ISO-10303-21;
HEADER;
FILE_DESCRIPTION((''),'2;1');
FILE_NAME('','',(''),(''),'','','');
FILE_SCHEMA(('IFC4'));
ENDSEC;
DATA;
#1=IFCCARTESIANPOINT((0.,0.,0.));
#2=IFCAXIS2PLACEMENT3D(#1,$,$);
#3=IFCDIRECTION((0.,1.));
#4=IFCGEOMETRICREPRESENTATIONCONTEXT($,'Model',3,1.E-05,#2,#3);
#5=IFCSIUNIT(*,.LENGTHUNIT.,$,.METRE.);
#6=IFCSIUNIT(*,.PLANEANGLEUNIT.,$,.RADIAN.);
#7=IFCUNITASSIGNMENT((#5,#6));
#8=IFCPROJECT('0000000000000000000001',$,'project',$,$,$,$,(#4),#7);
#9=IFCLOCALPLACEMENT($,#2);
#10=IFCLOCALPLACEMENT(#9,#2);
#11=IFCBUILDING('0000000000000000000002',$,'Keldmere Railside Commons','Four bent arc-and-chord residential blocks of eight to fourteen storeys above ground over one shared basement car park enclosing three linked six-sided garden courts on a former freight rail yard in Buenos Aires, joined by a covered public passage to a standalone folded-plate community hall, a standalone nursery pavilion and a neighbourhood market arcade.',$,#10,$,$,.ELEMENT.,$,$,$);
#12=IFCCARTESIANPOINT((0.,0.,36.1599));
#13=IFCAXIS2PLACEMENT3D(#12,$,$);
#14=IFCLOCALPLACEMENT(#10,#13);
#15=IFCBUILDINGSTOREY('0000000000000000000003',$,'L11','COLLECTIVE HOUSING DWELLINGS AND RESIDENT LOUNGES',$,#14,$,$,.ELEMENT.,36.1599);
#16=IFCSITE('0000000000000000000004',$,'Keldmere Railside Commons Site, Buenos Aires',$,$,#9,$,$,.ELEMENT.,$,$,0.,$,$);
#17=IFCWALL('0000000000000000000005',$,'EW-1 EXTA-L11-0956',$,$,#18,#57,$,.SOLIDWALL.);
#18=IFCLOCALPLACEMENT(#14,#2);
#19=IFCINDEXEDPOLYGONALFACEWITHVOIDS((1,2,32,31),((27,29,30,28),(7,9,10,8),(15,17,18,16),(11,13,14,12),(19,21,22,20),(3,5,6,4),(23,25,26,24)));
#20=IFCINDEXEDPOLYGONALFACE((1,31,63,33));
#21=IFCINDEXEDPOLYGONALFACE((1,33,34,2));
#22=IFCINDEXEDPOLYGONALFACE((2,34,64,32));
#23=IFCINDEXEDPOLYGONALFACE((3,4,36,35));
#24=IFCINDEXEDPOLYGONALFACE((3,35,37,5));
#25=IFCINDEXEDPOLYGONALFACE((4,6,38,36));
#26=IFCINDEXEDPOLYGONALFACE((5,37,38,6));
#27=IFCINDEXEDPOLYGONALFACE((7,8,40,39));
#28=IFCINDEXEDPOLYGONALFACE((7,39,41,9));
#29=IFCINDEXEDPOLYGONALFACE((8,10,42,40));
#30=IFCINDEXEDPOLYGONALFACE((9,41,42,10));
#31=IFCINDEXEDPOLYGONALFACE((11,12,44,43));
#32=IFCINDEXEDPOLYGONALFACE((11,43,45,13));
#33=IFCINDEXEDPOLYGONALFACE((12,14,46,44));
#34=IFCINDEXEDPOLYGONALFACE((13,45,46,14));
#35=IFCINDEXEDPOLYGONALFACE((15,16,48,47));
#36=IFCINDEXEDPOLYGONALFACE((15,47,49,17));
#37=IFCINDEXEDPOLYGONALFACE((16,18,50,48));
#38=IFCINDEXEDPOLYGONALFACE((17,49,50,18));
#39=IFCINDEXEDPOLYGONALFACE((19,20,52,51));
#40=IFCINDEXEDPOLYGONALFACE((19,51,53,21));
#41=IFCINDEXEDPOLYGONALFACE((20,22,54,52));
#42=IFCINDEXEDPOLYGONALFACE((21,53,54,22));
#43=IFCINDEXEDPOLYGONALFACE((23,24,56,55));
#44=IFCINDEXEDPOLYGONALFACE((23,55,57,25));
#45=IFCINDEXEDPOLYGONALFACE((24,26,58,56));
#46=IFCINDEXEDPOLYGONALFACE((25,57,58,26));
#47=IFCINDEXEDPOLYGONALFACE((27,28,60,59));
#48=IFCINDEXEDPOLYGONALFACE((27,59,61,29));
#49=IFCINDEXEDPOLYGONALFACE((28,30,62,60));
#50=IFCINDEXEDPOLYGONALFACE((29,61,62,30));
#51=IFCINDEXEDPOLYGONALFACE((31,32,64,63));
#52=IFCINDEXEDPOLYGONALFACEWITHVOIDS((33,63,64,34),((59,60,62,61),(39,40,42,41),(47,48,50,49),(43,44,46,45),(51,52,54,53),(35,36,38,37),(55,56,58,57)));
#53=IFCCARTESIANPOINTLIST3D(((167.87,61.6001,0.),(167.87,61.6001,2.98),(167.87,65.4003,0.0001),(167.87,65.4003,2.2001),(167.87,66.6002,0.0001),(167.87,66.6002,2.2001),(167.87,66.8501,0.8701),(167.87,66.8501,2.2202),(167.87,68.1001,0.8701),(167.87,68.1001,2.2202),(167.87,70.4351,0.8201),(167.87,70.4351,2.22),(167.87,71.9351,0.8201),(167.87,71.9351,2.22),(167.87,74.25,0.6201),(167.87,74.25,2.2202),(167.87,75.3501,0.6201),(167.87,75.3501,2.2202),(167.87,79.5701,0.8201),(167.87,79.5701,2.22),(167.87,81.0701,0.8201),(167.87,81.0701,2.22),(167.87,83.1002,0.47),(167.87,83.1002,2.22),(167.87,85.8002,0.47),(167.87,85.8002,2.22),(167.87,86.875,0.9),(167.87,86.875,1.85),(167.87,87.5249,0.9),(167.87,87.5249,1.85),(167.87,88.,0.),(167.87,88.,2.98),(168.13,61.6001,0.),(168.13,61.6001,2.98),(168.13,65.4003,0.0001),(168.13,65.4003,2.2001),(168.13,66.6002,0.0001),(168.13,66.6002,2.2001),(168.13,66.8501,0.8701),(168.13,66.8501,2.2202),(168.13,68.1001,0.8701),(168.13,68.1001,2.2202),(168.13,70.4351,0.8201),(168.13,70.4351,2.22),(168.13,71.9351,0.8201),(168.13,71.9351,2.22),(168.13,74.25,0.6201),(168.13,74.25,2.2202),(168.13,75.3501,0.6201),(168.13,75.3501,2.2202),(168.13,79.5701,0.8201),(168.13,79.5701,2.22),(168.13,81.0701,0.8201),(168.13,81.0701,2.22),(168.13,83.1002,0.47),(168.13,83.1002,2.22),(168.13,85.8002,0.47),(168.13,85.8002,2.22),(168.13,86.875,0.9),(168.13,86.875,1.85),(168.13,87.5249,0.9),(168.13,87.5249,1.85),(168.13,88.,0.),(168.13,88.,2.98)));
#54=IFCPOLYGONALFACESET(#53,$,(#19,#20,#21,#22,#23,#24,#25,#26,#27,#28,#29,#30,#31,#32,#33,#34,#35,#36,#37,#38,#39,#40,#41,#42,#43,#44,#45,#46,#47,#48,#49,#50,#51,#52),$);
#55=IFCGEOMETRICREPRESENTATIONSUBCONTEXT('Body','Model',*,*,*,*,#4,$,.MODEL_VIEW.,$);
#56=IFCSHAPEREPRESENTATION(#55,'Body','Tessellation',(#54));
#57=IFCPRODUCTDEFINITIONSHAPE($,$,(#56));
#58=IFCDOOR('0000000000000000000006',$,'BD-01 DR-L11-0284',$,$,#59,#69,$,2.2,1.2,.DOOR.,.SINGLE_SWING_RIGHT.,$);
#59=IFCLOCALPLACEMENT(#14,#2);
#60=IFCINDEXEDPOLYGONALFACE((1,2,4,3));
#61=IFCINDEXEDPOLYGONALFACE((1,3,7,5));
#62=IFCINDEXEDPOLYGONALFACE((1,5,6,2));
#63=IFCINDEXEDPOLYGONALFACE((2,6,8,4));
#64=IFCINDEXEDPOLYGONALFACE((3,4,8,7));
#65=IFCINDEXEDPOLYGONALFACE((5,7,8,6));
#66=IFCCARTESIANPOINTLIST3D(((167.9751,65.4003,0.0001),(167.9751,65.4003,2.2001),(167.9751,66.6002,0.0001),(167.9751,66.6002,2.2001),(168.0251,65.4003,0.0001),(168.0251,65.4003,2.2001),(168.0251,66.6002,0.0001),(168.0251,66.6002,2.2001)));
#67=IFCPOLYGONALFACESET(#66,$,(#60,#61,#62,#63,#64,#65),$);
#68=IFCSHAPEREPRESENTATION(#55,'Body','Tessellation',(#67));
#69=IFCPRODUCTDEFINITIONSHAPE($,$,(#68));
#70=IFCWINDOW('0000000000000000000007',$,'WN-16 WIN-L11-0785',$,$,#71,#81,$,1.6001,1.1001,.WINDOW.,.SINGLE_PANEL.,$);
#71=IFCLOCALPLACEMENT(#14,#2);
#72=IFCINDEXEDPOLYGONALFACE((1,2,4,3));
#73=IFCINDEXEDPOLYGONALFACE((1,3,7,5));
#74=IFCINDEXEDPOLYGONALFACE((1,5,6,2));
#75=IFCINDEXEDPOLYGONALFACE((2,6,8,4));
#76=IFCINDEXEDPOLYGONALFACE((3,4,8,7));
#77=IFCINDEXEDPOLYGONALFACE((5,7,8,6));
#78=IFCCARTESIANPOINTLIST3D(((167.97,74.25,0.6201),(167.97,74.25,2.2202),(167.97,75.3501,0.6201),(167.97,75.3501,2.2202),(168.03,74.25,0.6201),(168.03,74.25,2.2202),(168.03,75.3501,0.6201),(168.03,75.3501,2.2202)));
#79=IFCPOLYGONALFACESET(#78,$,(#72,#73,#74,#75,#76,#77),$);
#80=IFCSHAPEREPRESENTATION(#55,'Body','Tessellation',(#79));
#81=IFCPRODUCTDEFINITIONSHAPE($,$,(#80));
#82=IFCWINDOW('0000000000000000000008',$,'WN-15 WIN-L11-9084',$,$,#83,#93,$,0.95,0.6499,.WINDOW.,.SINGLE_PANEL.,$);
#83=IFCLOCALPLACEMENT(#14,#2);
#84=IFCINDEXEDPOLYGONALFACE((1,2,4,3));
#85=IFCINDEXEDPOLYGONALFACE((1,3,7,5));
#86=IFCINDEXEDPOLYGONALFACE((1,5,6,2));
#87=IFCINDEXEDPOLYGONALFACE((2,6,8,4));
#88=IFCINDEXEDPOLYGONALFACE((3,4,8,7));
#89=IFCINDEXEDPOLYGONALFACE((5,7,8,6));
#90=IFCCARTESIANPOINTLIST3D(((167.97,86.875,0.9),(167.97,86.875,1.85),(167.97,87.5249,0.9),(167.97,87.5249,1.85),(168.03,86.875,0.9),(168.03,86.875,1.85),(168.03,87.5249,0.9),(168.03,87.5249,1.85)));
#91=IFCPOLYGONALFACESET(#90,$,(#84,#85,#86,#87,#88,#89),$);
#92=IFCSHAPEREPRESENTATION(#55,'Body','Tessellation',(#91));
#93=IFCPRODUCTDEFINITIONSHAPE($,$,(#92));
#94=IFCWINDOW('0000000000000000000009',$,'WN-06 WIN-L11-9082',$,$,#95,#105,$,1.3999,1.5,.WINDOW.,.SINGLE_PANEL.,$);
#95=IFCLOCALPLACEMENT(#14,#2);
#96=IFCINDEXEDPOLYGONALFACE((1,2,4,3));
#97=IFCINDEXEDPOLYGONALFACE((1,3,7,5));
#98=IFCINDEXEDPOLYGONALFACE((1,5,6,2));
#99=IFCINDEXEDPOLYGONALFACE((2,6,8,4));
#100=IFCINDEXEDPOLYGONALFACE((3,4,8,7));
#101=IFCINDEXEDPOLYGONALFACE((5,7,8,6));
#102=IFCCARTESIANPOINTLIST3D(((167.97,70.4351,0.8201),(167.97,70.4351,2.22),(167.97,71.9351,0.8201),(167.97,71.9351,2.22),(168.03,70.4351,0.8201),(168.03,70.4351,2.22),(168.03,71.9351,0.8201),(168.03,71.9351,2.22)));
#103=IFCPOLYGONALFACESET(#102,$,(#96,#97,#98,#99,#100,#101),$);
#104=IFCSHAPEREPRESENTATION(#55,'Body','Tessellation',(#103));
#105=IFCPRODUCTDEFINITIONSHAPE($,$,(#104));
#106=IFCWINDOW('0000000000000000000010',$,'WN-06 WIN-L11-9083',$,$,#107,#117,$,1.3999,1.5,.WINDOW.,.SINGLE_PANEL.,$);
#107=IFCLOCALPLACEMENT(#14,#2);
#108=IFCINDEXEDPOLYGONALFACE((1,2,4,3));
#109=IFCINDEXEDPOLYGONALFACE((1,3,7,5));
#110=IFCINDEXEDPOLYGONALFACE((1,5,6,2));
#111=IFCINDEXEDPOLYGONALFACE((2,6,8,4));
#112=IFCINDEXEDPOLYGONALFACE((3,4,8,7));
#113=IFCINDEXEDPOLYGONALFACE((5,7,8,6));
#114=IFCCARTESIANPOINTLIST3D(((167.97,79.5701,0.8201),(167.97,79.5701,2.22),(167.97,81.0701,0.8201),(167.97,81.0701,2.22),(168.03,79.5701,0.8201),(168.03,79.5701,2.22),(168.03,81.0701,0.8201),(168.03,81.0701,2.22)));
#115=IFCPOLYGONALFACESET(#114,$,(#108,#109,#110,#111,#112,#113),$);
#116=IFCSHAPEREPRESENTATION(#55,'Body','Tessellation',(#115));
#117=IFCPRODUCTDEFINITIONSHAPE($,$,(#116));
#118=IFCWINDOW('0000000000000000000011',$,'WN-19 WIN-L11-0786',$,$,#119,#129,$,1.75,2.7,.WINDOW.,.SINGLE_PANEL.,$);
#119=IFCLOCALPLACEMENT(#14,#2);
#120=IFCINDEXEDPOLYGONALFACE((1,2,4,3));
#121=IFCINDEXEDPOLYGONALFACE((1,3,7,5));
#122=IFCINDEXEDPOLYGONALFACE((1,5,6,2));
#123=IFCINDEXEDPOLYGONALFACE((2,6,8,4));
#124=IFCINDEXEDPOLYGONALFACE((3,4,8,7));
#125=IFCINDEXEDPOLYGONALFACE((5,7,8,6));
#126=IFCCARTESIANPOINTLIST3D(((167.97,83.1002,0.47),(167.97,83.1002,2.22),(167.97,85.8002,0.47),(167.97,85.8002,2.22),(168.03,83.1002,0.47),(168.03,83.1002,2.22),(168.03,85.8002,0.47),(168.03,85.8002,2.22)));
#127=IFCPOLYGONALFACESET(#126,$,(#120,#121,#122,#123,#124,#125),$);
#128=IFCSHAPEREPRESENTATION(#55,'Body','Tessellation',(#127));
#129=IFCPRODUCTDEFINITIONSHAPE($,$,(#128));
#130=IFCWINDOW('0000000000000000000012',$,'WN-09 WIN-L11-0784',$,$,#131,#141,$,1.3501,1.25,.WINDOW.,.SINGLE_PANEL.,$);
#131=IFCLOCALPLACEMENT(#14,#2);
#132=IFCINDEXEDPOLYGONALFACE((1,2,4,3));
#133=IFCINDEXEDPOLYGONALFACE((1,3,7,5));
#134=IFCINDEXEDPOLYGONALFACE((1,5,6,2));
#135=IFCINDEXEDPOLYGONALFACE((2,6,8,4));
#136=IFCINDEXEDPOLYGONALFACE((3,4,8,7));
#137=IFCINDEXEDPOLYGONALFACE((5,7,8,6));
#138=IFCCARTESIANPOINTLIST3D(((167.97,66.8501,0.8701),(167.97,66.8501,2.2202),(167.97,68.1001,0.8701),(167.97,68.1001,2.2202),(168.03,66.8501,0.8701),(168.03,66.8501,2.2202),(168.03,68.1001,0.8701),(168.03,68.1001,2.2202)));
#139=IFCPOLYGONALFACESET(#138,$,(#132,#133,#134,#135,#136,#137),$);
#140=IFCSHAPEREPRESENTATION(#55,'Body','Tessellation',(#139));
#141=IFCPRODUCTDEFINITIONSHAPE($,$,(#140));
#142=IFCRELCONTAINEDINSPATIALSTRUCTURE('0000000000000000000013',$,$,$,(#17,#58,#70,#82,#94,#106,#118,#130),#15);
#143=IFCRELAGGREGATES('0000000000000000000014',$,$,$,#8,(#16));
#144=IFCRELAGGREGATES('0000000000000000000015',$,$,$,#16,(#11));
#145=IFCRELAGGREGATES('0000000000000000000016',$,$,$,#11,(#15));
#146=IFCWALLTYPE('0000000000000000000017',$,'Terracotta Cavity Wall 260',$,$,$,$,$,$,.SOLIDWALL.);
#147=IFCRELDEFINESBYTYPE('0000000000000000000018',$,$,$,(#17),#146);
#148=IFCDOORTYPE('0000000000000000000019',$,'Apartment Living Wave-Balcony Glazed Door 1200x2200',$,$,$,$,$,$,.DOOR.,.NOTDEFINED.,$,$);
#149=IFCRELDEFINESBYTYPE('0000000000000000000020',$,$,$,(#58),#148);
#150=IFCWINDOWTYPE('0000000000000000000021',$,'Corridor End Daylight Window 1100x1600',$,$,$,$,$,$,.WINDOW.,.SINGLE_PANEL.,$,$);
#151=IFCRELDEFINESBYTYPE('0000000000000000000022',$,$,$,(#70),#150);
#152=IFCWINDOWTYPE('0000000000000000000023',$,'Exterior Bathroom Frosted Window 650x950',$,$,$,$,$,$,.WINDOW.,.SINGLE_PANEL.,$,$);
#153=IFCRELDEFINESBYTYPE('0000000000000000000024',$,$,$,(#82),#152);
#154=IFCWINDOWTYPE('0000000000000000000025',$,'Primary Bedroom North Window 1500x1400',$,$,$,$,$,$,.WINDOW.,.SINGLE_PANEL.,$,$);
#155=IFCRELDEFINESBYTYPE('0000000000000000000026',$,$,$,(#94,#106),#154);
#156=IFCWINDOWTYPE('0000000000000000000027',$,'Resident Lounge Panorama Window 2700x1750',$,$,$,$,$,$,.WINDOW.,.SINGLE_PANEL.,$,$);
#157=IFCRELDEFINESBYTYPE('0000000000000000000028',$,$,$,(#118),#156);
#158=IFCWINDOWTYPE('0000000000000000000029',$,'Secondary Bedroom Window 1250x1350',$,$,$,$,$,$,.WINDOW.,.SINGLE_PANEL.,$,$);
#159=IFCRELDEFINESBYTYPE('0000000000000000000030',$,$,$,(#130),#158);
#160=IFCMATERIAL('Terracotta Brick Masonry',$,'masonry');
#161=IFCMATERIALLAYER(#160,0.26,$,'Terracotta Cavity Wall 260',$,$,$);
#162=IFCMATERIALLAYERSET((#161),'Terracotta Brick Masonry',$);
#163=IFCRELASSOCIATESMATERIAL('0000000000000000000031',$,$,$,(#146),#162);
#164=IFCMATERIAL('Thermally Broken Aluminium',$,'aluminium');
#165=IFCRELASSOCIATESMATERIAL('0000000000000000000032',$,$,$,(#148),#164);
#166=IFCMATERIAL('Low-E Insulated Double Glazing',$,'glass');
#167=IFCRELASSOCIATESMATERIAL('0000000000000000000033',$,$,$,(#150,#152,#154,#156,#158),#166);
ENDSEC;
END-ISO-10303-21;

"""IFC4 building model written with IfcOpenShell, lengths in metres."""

from ifc_helpers import new_model, si_unit, direction, frame, frame_2d, origin, place, context, subcontext, project, spatial, rectangle, extrude, material, layer, layer_set, type_object, element, fill, save


model = new_model("IFC4")

# Units and contexts
model_context = context("Model", 3, precision=1e-05, world=origin(), true_north=direction((0.0, 1.0)))
body_context = subcontext(model_context, "Body", "Model", "MODEL_VIEW")
ifc_project = project(units=[si_unit("LENGTHUNIT", "METRE"), si_unit("PLANEANGLEUNIT", "RADIAN")], contexts=[model_context])

# Site, building, storey
site_placement = place(None, origin())
site = spatial("IfcSite", under=ifc_project, at=site_placement, Name="Keldmere Railside Commons Site, Buenos Aires", CompositionType="ELEMENT", RefElevation=0.0)
building_placement = place(site_placement, origin())
building = spatial("IfcBuilding", under=site, at=building_placement, Name="Keldmere Railside Commons", Description="Four bent arc-and-chord residential blocks of eight to fourteen storeys above ground over one shared basement car park enclosing three linked six-sided garden courts on a former freight rail yard in Buenos Aires, joined by a covered public passage to a standalone folded-plate community hall, a standalone nursery pavilion and a neighbourhood market arcade.", CompositionType="ELEMENT")
storey_placement = place(building_placement, frame((0.0, 0.0, 36.1599)))
storey = spatial("IfcBuildingStorey", under=building, at=storey_placement, Name="L11", Description="COLLECTIVE HOUSING DWELLINGS AND RESIDENT LOUNGES", CompositionType="ELEMENT", Elevation=36.1599)

# Wall, openings, door, windows
ifc_material_1 = material(Name="Terracotta Brick Masonry", Category="masonry")
ifc_layer_1 = layer(ifc_material_1, 0.26, Name="Terracotta Cavity Wall 260")
ifc_layer_set_1 = layer_set([ifc_layer_1], Name="Terracotta Brick Masonry")
wall_type_1 = type_object("IfcWallType", Name="Terracotta Cavity Wall 260", PredefinedType="SOLIDWALL", material=ifc_layer_set_1)
wall_1_placement = place(storey_placement, frame((168.0, 61.6001, 0.0), z_axis=(0.0, 0.0, 1.0), x_axis=(0.0, 1.0, 0.0)))
wall_1 = element("IfcWall", 1, at=wall_1_placement, inside=storey, type_object=wall_type_1, Name="EW-1 EXTA-L11-0956", PredefinedType="SOLIDWALL", context=body_context, shape_type="SweptSolid", body=[
    extrude(rectangle(XDim=26.3999, YDim=0.26, at=frame_2d((13.2, 0.0))), origin(), (0.0, 0.0, 1.0), 2.98),
])
opening_1_placement = place(wall_1_placement, frame((3.8, 0.0, 0.0)))
opening_1 = element("IfcOpeningElement", 2, at=opening_1_placement, cuts=wall_1, PredefinedType="OPENING", context=body_context, shape_type="SweptSolid", body=[
    extrude(rectangle(XDim=1.2, YDim=2.2, at=frame_2d((0.6001, 1.1001))), frame((0.0, 0.1399, 0.0), z_axis=(0.0, -1.0, 0.0), x_axis=(1.0, 0.0, 0.0)), (0.0, 0.0, 1.0), 0.28),
])
opening_2_placement = place(wall_1_placement, frame((5.25, 0.0, 0.8701)))
opening_2 = element("IfcOpeningElement", 3, at=opening_2_placement, cuts=wall_1, PredefinedType="OPENING", context=body_context, shape_type="SweptSolid", body=[
    extrude(rectangle(XDim=1.25, YDim=1.3501, at=frame_2d((0.625, 0.675))), frame((0.0, 0.1399, 0.0), z_axis=(0.0, -1.0, 0.0), x_axis=(1.0, 0.0, 0.0)), (0.0, 0.0, 1.0), 0.28),
])
opening_3_placement = place(wall_1_placement, frame((12.6499, 0.0, 0.6201)))
opening_3 = element("IfcOpeningElement", 4, at=opening_3_placement, cuts=wall_1, PredefinedType="OPENING", context=body_context, shape_type="SweptSolid", body=[
    extrude(rectangle(XDim=1.1001, YDim=1.6001, at=frame_2d((0.55, 0.8))), frame((0.0, 0.1399, 0.0), z_axis=(0.0, -1.0, 0.0), x_axis=(1.0, 0.0, 0.0)), (0.0, 0.0, 1.0), 0.28),
])
opening_4_placement = place(wall_1_placement, frame((21.5, 0.0, 0.47)))
opening_4 = element("IfcOpeningElement", 5, at=opening_4_placement, cuts=wall_1, PredefinedType="OPENING", context=body_context, shape_type="SweptSolid", body=[
    extrude(rectangle(XDim=2.7, YDim=1.75, at=frame_2d((1.3501, 0.875))), frame((0.0, 0.1399, 0.0), z_axis=(0.0, -1.0, 0.0), x_axis=(1.0, 0.0, 0.0)), (0.0, 0.0, 1.0), 0.28),
])
opening_5_placement = place(wall_1_placement, frame((8.835, 0.0, 0.8201)))
opening_5 = element("IfcOpeningElement", 6, at=opening_5_placement, cuts=wall_1, PredefinedType="OPENING", context=body_context, shape_type="SweptSolid", body=[
    extrude(rectangle(XDim=1.5, YDim=1.3999, at=frame_2d((0.75, 0.7))), frame((0.0, 0.1399, 0.0), z_axis=(0.0, -1.0, 0.0), x_axis=(1.0, 0.0, 0.0)), (0.0, 0.0, 1.0), 0.28),
])
opening_6_placement = place(wall_1_placement, frame((17.97, 0.0, 0.8201)))
opening_6 = element("IfcOpeningElement", 7, at=opening_6_placement, cuts=wall_1, PredefinedType="OPENING", context=body_context, shape_type="SweptSolid", body=[
    extrude(rectangle(XDim=1.5, YDim=1.3999, at=frame_2d((0.75, 0.7))), frame((0.0, 0.1399, 0.0), z_axis=(0.0, -1.0, 0.0), x_axis=(1.0, 0.0, 0.0)), (0.0, 0.0, 1.0), 0.28),
])
opening_7_placement = place(wall_1_placement, frame((25.2749, 0.0, 0.8999)))
opening_7 = element("IfcOpeningElement", 8, at=opening_7_placement, cuts=wall_1, PredefinedType="OPENING", context=body_context, shape_type="SweptSolid", body=[
    extrude(rectangle(XDim=0.6499, YDim=0.95, at=frame_2d((0.325, 0.4751))), frame((0.0, 0.1399, 0.0), z_axis=(0.0, -1.0, 0.0), x_axis=(1.0, 0.0, 0.0)), (0.0, 0.0, 1.0), 0.28),
])
ifc_material_2 = material(Name="Thermally Broken Aluminium", Category="aluminium")
door_type_1 = type_object("IfcDoorType", Name="Apartment Living Wave-Balcony Glazed Door 1200x2200", OperationType="NOTDEFINED", PredefinedType="DOOR", material=ifc_material_2)
door_1_placement = place(opening_1_placement, origin())
door_1 = element("IfcDoor", 9, at=door_1_placement, inside=storey, type_object=door_type_1, Name="BD-01 DR-L11-0284", OperationType="SINGLE_SWING_RIGHT", OverallHeight=2.2, OverallWidth=1.2, PredefinedType="DOOR", context=body_context, shape_type="SweptSolid", body=[
    extrude(rectangle(XDim=1.2, YDim=2.2, at=frame_2d((0.6001, 1.1001))), frame((0.0, 0.0249, 0.0), z_axis=(0.0, -1.0, 0.0), x_axis=(1.0, 0.0, 0.0)), (0.0, 0.0, 1.0), 0.05),
])
fill(opening_1, door_1)
ifc_material_3 = material(Name="Low-E Insulated Double Glazing", Category="glass")
window_type_1 = type_object("IfcWindowType", Name="Corridor End Daylight Window 1100x1600", PartitioningType="SINGLE_PANEL", PredefinedType="WINDOW", material=ifc_material_3)
window_1_placement = place(opening_3_placement, origin())
window_1 = element("IfcWindow", 10, at=window_1_placement, inside=storey, type_object=window_type_1, Name="WN-16 WIN-L11-0785", OverallHeight=1.6001, OverallWidth=1.1001, PartitioningType="SINGLE_PANEL", PredefinedType="WINDOW", context=body_context, shape_type="SweptSolid", body=[
    extrude(rectangle(XDim=1.1001, YDim=1.6001, at=frame_2d((0.55, 0.8))), frame((0.0, 0.03, 0.0), z_axis=(0.0, -1.0, 0.0), x_axis=(1.0, 0.0, 0.0)), (0.0, 0.0, 1.0), 0.0601),
])
fill(opening_3, window_1)
window_type_2 = type_object("IfcWindowType", Name="Exterior Bathroom Frosted Window 650x950", PartitioningType="SINGLE_PANEL", PredefinedType="WINDOW", material=ifc_material_3)
window_2_placement = place(opening_7_placement, origin())
window_2 = element("IfcWindow", 11, at=window_2_placement, inside=storey, type_object=window_type_2, Name="WN-15 WIN-L11-9084", OverallHeight=0.95, OverallWidth=0.6499, PartitioningType="SINGLE_PANEL", PredefinedType="WINDOW", context=body_context, shape_type="SweptSolid", body=[
    extrude(rectangle(XDim=0.6499, YDim=0.95, at=frame_2d((0.325, 0.4751))), frame((0.0, 0.03, 0.0), z_axis=(0.0, -1.0, 0.0), x_axis=(1.0, 0.0, 0.0)), (0.0, 0.0, 1.0), 0.0601),
])
fill(opening_7, window_2)
window_type_3 = type_object("IfcWindowType", Name="Primary Bedroom North Window 1500x1400", PartitioningType="SINGLE_PANEL", PredefinedType="WINDOW", material=ifc_material_3)
window_3_placement = place(opening_5_placement, origin())
window_3 = element("IfcWindow", 12, at=window_3_placement, inside=storey, type_object=window_type_3, Name="WN-06 WIN-L11-9082", OverallHeight=1.3999, OverallWidth=1.5, PartitioningType="SINGLE_PANEL", PredefinedType="WINDOW", context=body_context, shape_type="SweptSolid", body=[
    extrude(rectangle(XDim=1.5, YDim=1.3999, at=frame_2d((0.75, 0.7))), frame((0.0, 0.03, 0.0), z_axis=(0.0, -1.0, 0.0), x_axis=(1.0, 0.0, 0.0)), (0.0, 0.0, 1.0), 0.0601),
])
fill(opening_5, window_3)
window_4_placement = place(opening_6_placement, origin())
window_4 = element("IfcWindow", 13, at=window_4_placement, inside=storey, type_object=window_type_3, Name="WN-06 WIN-L11-9083", OverallHeight=1.3999, OverallWidth=1.5, PartitioningType="SINGLE_PANEL", PredefinedType="WINDOW", context=body_context, shape_type="SweptSolid", body=[
    extrude(rectangle(XDim=1.5, YDim=1.3999, at=frame_2d((0.75, 0.7))), frame((0.0, 0.03, 0.0), z_axis=(0.0, -1.0, 0.0), x_axis=(1.0, 0.0, 0.0)), (0.0, 0.0, 1.0), 0.0601),
])
fill(opening_6, window_4)
window_type_4 = type_object("IfcWindowType", Name="Resident Lounge Panorama Window 2700x1750", PartitioningType="SINGLE_PANEL", PredefinedType="WINDOW", material=ifc_material_3)
window_5_placement = place(opening_4_placement, origin())
window_5 = element("IfcWindow", 14, at=window_5_placement, inside=storey, type_object=window_type_4, Name="WN-19 WIN-L11-0786", OverallHeight=1.75, OverallWidth=2.7, PartitioningType="SINGLE_PANEL", PredefinedType="WINDOW", context=body_context, shape_type="SweptSolid", body=[
    extrude(rectangle(XDim=2.7, YDim=1.75, at=frame_2d((1.3501, 0.875))), frame((0.0, 0.03, 0.0), z_axis=(0.0, -1.0, 0.0), x_axis=(1.0, 0.0, 0.0)), (0.0, 0.0, 1.0), 0.0601),
])
fill(opening_4, window_5)
window_type_5 = type_object("IfcWindowType", Name="Secondary Bedroom Window 1250x1350", PartitioningType="SINGLE_PANEL", PredefinedType="WINDOW", material=ifc_material_3)
window_6_placement = place(opening_2_placement, origin())
window_6 = element("IfcWindow", 15, at=window_6_placement, inside=storey, type_object=window_type_5, Name="WN-09 WIN-L11-0784", OverallHeight=1.3501, OverallWidth=1.25, PartitioningType="SINGLE_PANEL", PredefinedType="WINDOW", context=body_context, shape_type="SweptSolid", body=[
    extrude(rectangle(XDim=1.25, YDim=1.3501, at=frame_2d((0.625, 0.675))), frame((0.0, 0.03, 0.0), z_axis=(0.0, -1.0, 0.0), x_axis=(1.0, 0.0, 0.0)), (0.0, 0.0, 1.0), 0.0601),
])
fill(opening_2, window_6)

save(model, "model.ifc")
